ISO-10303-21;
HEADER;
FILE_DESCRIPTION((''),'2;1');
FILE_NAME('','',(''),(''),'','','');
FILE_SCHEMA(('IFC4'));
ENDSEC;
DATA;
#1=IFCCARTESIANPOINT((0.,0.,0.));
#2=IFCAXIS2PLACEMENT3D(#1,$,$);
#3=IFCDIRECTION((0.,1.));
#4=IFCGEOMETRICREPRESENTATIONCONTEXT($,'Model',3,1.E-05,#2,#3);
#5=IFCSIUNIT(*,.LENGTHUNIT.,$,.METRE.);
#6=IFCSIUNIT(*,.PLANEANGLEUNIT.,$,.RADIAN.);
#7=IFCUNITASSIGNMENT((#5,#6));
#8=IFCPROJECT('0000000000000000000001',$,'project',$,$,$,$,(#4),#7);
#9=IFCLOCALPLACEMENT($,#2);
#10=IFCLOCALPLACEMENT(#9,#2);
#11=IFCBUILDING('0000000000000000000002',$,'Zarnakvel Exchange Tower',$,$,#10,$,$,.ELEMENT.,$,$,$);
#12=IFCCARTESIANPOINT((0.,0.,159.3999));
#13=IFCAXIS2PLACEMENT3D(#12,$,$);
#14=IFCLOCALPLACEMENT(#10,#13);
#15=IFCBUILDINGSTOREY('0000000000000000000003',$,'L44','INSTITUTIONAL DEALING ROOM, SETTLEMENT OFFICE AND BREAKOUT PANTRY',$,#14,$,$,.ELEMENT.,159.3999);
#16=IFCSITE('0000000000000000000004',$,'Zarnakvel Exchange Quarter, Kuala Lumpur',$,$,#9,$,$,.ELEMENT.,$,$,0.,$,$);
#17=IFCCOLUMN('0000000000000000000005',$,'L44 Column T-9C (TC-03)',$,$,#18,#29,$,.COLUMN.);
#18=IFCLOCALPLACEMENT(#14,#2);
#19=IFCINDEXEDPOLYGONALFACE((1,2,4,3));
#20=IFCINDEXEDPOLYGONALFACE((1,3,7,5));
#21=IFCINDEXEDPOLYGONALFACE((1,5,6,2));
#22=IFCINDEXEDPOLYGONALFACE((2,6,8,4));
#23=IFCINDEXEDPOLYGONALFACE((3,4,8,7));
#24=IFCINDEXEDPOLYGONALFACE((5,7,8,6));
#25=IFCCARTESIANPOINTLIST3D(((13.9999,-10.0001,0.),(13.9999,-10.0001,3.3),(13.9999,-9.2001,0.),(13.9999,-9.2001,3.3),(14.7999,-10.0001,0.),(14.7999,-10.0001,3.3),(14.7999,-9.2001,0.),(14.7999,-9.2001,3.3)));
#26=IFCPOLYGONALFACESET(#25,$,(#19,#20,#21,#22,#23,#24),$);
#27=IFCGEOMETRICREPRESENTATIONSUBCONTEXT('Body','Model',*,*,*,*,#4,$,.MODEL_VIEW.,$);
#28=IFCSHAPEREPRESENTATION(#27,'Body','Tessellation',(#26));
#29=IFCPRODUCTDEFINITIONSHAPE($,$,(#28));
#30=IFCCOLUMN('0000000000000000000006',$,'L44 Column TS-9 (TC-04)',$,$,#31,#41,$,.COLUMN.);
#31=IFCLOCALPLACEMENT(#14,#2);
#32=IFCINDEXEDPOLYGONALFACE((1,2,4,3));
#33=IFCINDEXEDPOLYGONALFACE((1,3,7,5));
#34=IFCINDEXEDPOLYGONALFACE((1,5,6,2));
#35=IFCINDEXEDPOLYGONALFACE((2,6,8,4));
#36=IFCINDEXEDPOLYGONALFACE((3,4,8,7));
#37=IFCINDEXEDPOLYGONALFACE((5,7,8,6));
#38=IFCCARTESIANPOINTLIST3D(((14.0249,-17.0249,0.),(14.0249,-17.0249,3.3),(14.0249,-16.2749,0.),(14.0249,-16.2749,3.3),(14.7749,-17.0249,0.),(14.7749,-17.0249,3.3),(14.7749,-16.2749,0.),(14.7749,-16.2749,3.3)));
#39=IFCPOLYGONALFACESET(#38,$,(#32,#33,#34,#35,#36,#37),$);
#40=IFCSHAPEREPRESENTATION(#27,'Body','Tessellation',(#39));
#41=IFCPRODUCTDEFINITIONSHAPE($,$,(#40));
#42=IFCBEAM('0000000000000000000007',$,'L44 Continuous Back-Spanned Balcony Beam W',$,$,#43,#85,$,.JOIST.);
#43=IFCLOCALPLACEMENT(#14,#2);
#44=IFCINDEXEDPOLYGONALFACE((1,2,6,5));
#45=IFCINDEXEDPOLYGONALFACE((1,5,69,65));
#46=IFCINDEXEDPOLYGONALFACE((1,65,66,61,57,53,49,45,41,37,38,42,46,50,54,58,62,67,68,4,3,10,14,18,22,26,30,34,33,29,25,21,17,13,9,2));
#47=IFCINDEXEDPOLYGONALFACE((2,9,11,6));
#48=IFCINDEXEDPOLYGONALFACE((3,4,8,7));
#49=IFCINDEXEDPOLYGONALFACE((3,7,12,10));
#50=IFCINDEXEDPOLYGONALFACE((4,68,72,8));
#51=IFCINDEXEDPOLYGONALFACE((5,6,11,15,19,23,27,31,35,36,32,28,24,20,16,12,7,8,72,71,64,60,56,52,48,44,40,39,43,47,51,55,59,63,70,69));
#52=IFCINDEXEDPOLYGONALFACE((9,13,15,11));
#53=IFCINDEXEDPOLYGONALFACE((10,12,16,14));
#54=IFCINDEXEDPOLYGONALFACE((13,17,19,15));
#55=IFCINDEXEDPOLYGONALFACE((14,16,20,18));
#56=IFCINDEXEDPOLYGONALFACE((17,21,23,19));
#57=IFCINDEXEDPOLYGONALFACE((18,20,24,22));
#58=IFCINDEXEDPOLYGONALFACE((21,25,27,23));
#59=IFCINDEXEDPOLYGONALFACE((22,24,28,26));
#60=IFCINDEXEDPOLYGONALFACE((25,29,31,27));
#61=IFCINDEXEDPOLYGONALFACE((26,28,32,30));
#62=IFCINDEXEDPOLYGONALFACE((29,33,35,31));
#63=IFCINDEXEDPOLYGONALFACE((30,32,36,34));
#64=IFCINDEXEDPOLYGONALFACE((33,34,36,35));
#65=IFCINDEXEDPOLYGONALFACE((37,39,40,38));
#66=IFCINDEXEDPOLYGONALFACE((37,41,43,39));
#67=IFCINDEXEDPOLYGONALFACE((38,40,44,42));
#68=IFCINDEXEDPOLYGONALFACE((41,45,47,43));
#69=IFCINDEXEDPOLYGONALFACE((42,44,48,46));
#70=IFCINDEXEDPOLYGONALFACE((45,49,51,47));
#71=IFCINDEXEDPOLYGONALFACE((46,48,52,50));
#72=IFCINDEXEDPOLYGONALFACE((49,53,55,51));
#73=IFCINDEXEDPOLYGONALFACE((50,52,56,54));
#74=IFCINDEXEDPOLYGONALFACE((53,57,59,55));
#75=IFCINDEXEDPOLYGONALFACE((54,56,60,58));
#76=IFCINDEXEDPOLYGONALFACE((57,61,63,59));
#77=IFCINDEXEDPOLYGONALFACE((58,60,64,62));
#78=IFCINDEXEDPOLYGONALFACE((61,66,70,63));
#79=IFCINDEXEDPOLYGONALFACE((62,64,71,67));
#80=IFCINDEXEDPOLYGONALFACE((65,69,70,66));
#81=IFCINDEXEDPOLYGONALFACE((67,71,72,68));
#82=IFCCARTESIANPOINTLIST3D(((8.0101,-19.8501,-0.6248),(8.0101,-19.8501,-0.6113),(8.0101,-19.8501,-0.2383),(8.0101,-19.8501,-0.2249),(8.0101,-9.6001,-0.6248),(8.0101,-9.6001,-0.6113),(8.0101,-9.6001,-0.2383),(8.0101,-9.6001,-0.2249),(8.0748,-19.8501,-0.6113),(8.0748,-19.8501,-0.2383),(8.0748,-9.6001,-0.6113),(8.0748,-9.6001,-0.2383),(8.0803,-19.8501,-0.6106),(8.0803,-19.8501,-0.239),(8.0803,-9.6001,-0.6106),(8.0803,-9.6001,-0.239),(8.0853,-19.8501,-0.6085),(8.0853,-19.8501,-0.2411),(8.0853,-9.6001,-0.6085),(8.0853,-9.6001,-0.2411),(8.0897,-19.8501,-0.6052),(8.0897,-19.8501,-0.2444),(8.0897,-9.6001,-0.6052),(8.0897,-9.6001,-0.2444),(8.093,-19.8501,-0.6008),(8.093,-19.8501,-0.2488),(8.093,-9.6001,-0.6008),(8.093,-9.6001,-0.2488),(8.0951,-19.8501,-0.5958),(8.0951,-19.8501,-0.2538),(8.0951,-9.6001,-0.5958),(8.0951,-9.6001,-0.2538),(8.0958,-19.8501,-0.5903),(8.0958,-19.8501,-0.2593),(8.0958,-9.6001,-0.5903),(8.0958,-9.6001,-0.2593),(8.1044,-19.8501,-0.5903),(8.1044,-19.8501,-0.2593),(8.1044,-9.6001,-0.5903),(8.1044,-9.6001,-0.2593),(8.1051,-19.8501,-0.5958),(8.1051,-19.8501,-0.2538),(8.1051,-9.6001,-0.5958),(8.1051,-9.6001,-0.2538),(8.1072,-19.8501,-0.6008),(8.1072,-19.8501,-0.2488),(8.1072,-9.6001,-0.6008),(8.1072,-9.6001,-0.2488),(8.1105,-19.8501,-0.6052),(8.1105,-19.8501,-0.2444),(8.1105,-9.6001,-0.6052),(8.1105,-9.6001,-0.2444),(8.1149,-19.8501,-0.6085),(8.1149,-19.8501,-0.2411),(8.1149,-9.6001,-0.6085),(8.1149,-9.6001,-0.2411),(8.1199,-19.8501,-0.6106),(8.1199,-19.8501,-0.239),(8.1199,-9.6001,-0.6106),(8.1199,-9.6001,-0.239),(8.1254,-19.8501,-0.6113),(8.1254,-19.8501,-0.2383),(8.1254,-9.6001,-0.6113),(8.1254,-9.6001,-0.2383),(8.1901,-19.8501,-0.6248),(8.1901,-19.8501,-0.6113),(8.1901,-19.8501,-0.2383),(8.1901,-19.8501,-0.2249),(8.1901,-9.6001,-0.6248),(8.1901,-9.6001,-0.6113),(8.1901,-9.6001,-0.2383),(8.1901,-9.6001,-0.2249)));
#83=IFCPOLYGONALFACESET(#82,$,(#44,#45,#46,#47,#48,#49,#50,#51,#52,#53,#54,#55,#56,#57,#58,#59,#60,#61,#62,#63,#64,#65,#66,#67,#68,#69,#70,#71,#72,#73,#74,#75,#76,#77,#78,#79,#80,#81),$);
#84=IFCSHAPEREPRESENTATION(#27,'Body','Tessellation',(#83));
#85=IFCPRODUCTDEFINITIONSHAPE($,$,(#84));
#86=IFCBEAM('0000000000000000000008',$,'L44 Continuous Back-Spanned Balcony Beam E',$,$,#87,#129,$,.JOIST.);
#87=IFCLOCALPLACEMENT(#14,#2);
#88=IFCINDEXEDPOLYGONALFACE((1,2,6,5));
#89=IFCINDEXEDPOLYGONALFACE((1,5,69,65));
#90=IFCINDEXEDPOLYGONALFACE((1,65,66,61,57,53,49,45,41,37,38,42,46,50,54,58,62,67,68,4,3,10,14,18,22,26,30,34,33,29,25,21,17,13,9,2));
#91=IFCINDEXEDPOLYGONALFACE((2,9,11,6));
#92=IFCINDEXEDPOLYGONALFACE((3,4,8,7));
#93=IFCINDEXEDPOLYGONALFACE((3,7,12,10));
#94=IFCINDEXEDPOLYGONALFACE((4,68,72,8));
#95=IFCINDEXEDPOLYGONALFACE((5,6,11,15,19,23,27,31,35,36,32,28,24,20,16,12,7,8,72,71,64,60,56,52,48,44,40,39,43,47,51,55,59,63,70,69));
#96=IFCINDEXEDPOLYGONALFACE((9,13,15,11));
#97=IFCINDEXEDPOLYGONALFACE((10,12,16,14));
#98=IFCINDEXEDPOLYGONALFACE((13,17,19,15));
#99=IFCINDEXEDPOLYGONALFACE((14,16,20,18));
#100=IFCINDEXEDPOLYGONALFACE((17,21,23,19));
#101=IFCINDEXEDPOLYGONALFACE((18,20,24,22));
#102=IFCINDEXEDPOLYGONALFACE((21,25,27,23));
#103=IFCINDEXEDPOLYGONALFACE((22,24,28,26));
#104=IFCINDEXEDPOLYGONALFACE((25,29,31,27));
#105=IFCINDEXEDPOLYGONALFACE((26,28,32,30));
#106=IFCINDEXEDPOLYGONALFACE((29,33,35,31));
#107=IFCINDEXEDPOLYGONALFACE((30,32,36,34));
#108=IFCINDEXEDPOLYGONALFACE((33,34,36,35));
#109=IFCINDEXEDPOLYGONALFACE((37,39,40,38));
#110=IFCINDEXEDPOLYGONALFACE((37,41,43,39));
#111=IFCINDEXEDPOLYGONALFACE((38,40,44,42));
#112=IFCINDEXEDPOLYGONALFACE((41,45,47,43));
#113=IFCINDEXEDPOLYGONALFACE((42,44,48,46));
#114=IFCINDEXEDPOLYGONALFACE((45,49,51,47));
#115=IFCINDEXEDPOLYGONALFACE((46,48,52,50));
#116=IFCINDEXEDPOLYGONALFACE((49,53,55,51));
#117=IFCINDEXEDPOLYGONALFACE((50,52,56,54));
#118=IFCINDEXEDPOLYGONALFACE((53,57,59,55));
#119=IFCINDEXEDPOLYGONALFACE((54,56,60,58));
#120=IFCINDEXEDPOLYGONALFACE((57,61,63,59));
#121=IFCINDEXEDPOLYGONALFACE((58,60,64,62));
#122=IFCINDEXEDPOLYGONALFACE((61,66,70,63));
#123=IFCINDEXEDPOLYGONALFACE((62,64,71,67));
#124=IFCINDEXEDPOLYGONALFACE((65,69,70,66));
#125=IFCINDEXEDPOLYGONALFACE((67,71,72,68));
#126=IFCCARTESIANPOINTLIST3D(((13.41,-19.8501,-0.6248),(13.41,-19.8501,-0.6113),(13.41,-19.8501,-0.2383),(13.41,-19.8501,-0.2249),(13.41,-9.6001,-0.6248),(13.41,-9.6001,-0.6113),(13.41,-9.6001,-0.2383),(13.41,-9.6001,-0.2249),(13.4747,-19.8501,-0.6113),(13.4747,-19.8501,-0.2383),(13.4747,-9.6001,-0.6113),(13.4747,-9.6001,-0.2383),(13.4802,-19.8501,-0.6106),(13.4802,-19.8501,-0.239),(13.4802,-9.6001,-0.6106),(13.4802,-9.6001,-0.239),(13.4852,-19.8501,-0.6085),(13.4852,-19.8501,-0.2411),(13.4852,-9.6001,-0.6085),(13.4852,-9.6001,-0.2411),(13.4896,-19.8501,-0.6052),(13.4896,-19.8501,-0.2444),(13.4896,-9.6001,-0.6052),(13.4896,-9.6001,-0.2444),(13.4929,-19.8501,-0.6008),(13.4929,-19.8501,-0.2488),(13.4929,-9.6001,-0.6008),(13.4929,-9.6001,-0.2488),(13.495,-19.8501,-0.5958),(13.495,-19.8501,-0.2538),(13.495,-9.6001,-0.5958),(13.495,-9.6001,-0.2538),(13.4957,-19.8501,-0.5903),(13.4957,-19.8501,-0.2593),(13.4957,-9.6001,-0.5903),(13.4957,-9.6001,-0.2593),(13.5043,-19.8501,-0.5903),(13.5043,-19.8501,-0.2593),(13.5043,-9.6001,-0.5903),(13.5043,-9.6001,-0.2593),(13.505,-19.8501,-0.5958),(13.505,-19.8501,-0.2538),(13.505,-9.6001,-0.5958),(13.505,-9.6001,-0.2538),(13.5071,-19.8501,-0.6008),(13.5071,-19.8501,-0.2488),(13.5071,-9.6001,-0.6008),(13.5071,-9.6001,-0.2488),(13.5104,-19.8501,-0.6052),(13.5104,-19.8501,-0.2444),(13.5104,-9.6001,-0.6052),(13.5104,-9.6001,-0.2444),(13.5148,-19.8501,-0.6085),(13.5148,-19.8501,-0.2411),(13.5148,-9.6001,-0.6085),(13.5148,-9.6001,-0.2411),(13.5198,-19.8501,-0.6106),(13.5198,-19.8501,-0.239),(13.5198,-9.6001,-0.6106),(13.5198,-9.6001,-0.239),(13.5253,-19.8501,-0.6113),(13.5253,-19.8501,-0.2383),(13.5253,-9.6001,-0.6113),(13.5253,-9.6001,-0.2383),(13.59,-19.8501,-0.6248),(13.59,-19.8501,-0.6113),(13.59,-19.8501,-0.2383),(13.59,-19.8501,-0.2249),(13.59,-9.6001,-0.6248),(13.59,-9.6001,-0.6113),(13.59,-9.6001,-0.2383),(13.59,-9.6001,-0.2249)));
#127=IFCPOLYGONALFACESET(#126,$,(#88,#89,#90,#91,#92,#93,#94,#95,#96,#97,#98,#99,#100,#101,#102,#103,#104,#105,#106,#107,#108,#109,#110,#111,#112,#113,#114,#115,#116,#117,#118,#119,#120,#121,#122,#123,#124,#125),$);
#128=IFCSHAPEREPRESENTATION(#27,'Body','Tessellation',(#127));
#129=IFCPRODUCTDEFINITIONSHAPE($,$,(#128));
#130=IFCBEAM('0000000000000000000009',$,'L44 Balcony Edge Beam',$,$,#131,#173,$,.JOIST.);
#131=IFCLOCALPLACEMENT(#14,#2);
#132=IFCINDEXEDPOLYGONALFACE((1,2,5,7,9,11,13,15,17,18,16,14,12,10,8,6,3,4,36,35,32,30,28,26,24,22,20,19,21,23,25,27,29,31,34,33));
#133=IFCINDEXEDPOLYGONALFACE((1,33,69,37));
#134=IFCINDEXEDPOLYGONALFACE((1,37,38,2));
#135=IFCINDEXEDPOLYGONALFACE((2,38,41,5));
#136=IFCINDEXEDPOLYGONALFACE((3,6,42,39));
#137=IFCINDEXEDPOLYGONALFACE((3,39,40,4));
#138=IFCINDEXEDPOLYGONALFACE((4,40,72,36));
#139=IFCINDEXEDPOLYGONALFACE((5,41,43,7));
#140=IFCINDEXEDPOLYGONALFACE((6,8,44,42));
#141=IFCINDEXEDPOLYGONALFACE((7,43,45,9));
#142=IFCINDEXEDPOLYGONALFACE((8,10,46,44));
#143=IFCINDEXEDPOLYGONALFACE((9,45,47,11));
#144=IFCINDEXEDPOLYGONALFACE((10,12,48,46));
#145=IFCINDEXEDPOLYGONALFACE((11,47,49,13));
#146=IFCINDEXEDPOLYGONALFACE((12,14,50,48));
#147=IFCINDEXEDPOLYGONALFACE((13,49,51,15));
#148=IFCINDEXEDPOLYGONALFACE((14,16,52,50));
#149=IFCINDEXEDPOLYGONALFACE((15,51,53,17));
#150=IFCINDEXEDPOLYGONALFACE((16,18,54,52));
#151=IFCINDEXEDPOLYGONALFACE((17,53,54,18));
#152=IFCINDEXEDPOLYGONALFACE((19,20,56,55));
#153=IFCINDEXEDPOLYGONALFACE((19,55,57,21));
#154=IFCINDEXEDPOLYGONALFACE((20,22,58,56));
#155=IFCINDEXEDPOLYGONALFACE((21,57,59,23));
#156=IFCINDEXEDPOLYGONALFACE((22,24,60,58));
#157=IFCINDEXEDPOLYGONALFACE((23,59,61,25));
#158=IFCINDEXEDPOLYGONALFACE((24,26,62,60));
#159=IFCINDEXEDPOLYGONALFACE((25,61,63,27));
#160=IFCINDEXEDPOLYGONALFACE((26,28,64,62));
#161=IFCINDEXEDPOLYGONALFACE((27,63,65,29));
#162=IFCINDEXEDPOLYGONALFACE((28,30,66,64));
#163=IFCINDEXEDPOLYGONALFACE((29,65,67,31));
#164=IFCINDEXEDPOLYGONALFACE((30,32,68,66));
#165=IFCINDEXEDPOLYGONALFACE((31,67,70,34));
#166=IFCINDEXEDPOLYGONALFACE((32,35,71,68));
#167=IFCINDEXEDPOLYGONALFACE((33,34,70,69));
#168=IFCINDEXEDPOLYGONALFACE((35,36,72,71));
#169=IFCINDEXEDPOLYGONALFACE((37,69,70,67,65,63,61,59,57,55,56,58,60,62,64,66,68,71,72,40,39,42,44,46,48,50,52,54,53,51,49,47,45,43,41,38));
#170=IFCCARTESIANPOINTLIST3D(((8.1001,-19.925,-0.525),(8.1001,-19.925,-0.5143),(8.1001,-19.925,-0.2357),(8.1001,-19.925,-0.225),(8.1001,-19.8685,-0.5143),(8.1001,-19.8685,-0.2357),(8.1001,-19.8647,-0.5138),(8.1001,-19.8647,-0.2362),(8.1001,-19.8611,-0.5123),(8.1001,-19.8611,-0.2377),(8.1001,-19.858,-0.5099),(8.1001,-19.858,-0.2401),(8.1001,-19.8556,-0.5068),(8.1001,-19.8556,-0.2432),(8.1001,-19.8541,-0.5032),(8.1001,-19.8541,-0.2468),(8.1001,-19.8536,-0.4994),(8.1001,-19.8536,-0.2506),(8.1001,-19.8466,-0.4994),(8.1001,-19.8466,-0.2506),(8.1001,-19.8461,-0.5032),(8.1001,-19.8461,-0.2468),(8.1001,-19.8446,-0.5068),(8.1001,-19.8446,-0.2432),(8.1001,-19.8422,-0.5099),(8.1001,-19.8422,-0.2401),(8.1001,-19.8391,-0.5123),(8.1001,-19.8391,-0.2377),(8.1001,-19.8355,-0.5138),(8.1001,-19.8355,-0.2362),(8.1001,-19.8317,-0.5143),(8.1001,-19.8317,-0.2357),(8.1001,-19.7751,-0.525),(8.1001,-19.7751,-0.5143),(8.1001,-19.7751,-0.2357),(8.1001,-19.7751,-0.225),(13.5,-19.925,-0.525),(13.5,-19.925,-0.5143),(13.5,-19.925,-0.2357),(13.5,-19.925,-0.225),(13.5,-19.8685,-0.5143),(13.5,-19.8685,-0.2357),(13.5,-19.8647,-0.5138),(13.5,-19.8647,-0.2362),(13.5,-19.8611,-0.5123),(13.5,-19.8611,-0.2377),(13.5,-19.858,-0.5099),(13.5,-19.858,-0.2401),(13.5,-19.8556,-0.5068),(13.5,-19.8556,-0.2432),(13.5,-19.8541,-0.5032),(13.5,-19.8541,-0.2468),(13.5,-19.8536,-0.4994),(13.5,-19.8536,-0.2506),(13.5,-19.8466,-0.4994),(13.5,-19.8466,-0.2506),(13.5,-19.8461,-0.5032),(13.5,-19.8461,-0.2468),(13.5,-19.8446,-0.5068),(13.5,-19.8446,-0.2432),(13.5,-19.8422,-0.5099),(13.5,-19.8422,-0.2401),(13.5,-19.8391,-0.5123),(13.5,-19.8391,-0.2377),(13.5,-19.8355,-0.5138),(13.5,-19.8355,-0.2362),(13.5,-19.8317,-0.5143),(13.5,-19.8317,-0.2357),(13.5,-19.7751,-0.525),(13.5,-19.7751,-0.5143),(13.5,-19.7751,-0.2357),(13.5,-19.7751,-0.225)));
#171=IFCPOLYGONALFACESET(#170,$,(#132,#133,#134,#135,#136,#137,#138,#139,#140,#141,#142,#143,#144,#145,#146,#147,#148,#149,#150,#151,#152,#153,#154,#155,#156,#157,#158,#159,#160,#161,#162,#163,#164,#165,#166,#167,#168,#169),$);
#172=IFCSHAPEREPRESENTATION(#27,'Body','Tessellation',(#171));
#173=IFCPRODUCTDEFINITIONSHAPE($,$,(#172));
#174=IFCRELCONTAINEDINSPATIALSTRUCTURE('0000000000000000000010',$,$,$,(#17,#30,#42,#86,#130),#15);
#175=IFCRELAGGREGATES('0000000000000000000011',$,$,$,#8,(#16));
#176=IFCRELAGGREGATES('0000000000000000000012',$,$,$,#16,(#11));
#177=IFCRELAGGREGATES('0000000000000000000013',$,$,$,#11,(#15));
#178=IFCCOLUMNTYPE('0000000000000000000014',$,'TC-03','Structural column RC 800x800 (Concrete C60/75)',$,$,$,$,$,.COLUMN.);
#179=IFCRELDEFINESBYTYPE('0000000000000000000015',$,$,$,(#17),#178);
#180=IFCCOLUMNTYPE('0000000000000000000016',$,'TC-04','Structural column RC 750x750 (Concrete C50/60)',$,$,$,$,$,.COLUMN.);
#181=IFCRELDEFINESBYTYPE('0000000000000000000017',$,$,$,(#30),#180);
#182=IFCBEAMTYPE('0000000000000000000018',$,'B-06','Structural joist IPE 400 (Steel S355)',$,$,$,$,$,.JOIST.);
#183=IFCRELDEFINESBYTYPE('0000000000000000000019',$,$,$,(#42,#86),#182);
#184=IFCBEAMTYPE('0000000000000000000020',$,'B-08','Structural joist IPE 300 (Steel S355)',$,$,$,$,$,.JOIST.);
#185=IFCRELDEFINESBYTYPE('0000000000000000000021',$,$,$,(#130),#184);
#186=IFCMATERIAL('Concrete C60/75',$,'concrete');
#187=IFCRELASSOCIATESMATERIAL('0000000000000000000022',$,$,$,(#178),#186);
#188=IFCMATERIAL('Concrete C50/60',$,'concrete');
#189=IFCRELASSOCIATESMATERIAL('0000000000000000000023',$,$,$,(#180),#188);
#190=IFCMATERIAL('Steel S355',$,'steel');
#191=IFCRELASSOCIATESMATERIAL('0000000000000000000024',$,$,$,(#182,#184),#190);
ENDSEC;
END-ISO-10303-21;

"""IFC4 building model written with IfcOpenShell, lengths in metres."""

from ifc_helpers import new_model, si_unit, direction, frame, origin, origin_2d, place, context, subcontext, project, spatial, rectangle, i_section, extrude, material, material_profile, profile_set, type_object, element, save


model = new_model("IFC4")

# Units and contexts
model_context = context("Model", 3, precision=1e-05, world=origin(), true_north=direction((0.0, 1.0)))
body_context = subcontext(model_context, "Body", "Model", "MODEL_VIEW")
ifc_project = project(units=[si_unit("LENGTHUNIT", "METRE"), si_unit("PLANEANGLEUNIT", "RADIAN")], contexts=[model_context])

# Site, building, storey
site_placement = place(None, origin())
site = spatial("IfcSite", under=ifc_project, at=site_placement, Name="Zarnakvel Exchange Quarter, Kuala Lumpur", CompositionType="ELEMENT", RefElevation=0.0)
building_placement = place(site_placement, origin())
building = spatial("IfcBuilding", under=site, at=building_placement, Name="Zarnakvel Exchange Tower", CompositionType="ELEMENT")
storey_placement = place(building_placement, frame((0.0, 0.0, 159.3999)))
storey = spatial("IfcBuildingStorey", under=building, at=storey_placement, Name="L44", Description="INSTITUTIONAL DEALING ROOM, SETTLEMENT OFFICE AND BREAKOUT PANTRY", CompositionType="ELEMENT", Elevation=159.3999)

# Columns
ifc_material_1 = material(Name="Concrete C60/75", Category="concrete")
ifc_material_profile_1 = material_profile(ifc_material_1, rectangle(XDim=0.8, YDim=0.8, at=origin_2d()))
ifc_profile_set_1 = profile_set([ifc_material_profile_1], Name="Concrete C60/75")
column_type_1 = type_object("IfcColumnType", Name="TC-03", Description="Structural column RC 800x800 (Concrete C60/75)", PredefinedType="COLUMN", material=ifc_profile_set_1)
column_1_placement = place(storey_placement, frame((14.3999, -9.6001, 0.0), z_axis=(0.0, 0.0, 1.0), x_axis=(1.0, 0.0, 0.0)))
element("IfcColumn", 1, at=column_1_placement, inside=storey, type_object=column_type_1, Name="L44 Column T-9C (TC-03)", PredefinedType="COLUMN", context=body_context, shape_type="SweptSolid", body=[
    extrude(rectangle(XDim=0.8, YDim=0.8, at=origin_2d()), origin(), (0.0, 0.0, 1.0), 3.3),
])
ifc_material_2 = material(Name="Concrete C50/60", Category="concrete")
ifc_material_profile_2 = material_profile(ifc_material_2, rectangle(XDim=0.75, YDim=0.75, at=origin_2d()))
ifc_profile_set_2 = profile_set([ifc_material_profile_2], Name="Concrete C50/60")
column_type_2 = type_object("IfcColumnType", Name="TC-04", Description="Structural column RC 750x750 (Concrete C50/60)", PredefinedType="COLUMN", material=ifc_profile_set_2)
column_2_placement = place(storey_placement, frame((14.3999, -16.6499, 0.0), z_axis=(0.0, 0.0, 1.0), x_axis=(1.0, 0.0, 0.0)))
element("IfcColumn", 2, at=column_2_placement, inside=storey, type_object=column_type_2, Name="L44 Column TS-9 (TC-04)", PredefinedType="COLUMN", context=body_context, shape_type="SweptSolid", body=[
    extrude(rectangle(XDim=0.75, YDim=0.75, at=origin_2d()), origin(), (0.0, 0.0, 1.0), 3.3),
])

# Beams
ifc_material_3 = material(Name="Steel S355", Category="steel")
ifc_material_profile_3 = material_profile(ifc_material_3, i_section(OverallWidth=0.1799, OverallDepth=0.3999, WebThickness=0.0085, FlangeThickness=0.0134, FilletRadius=0.021, at=origin_2d()))
ifc_profile_set_3 = profile_set([ifc_material_profile_3], Name="Steel S355")
beam_type_1 = type_object("IfcBeamType", Name="B-06", Description="Structural joist IPE 400 (Steel S355)", PredefinedType="JOIST", material=ifc_profile_set_3)
for number, where, z_axis, x_axis, name in (
    (3, (8.1001, -9.6001, -0.4248), (0.0, -1.0, 0.0), (1.0, 0.0, 0.0), "L44 Continuous Back-Spanned Balcony Beam W"),
    (4, (13.5, -9.6001, -0.4248), (0.0, -1.0, 0.0), (1.0, 0.0, 0.0), "L44 Continuous Back-Spanned Balcony Beam E"),
):
    element("IfcBeam", number, at=place(storey_placement, frame(where, z_axis=z_axis, x_axis=x_axis)), inside=storey, type_object=beam_type_1, Name=name, PredefinedType="JOIST", context=body_context, shape_type="SweptSolid", body=[
        extrude(i_section(OverallWidth=0.1799, OverallDepth=0.3999, WebThickness=0.0085, FlangeThickness=0.0134, FilletRadius=0.021, at=origin_2d()), origin(), (0.0, 0.0, 1.0), 10.25),
    ])
ifc_material_profile_4 = material_profile(ifc_material_3, i_section(OverallWidth=0.1499, OverallDepth=0.3, WebThickness=0.0071, FlangeThickness=0.0107, FilletRadius=0.0149, at=origin_2d()))
ifc_profile_set_4 = profile_set([ifc_material_profile_4], Name="Steel S355")
beam_type_2 = type_object("IfcBeamType", Name="B-08", Description="Structural joist IPE 300 (Steel S355)", PredefinedType="JOIST", material=ifc_profile_set_4)
beam_1_placement = place(storey_placement, frame((8.1001, -19.8501, -0.375), z_axis=(1.0, 0.0, 0.0), x_axis=(0.0, 1.0, 0.0)))
element("IfcBeam", 5, at=beam_1_placement, inside=storey, type_object=beam_type_2, Name="L44 Balcony Edge Beam", PredefinedType="JOIST", context=body_context, shape_type="SweptSolid", body=[
    extrude(i_section(OverallWidth=0.1499, OverallDepth=0.3, WebThickness=0.0071, FlangeThickness=0.0107, FilletRadius=0.0149, at=origin_2d()), origin(), (0.0, 0.0, 1.0), 5.3999),
])

save(model, "model.ifc")
